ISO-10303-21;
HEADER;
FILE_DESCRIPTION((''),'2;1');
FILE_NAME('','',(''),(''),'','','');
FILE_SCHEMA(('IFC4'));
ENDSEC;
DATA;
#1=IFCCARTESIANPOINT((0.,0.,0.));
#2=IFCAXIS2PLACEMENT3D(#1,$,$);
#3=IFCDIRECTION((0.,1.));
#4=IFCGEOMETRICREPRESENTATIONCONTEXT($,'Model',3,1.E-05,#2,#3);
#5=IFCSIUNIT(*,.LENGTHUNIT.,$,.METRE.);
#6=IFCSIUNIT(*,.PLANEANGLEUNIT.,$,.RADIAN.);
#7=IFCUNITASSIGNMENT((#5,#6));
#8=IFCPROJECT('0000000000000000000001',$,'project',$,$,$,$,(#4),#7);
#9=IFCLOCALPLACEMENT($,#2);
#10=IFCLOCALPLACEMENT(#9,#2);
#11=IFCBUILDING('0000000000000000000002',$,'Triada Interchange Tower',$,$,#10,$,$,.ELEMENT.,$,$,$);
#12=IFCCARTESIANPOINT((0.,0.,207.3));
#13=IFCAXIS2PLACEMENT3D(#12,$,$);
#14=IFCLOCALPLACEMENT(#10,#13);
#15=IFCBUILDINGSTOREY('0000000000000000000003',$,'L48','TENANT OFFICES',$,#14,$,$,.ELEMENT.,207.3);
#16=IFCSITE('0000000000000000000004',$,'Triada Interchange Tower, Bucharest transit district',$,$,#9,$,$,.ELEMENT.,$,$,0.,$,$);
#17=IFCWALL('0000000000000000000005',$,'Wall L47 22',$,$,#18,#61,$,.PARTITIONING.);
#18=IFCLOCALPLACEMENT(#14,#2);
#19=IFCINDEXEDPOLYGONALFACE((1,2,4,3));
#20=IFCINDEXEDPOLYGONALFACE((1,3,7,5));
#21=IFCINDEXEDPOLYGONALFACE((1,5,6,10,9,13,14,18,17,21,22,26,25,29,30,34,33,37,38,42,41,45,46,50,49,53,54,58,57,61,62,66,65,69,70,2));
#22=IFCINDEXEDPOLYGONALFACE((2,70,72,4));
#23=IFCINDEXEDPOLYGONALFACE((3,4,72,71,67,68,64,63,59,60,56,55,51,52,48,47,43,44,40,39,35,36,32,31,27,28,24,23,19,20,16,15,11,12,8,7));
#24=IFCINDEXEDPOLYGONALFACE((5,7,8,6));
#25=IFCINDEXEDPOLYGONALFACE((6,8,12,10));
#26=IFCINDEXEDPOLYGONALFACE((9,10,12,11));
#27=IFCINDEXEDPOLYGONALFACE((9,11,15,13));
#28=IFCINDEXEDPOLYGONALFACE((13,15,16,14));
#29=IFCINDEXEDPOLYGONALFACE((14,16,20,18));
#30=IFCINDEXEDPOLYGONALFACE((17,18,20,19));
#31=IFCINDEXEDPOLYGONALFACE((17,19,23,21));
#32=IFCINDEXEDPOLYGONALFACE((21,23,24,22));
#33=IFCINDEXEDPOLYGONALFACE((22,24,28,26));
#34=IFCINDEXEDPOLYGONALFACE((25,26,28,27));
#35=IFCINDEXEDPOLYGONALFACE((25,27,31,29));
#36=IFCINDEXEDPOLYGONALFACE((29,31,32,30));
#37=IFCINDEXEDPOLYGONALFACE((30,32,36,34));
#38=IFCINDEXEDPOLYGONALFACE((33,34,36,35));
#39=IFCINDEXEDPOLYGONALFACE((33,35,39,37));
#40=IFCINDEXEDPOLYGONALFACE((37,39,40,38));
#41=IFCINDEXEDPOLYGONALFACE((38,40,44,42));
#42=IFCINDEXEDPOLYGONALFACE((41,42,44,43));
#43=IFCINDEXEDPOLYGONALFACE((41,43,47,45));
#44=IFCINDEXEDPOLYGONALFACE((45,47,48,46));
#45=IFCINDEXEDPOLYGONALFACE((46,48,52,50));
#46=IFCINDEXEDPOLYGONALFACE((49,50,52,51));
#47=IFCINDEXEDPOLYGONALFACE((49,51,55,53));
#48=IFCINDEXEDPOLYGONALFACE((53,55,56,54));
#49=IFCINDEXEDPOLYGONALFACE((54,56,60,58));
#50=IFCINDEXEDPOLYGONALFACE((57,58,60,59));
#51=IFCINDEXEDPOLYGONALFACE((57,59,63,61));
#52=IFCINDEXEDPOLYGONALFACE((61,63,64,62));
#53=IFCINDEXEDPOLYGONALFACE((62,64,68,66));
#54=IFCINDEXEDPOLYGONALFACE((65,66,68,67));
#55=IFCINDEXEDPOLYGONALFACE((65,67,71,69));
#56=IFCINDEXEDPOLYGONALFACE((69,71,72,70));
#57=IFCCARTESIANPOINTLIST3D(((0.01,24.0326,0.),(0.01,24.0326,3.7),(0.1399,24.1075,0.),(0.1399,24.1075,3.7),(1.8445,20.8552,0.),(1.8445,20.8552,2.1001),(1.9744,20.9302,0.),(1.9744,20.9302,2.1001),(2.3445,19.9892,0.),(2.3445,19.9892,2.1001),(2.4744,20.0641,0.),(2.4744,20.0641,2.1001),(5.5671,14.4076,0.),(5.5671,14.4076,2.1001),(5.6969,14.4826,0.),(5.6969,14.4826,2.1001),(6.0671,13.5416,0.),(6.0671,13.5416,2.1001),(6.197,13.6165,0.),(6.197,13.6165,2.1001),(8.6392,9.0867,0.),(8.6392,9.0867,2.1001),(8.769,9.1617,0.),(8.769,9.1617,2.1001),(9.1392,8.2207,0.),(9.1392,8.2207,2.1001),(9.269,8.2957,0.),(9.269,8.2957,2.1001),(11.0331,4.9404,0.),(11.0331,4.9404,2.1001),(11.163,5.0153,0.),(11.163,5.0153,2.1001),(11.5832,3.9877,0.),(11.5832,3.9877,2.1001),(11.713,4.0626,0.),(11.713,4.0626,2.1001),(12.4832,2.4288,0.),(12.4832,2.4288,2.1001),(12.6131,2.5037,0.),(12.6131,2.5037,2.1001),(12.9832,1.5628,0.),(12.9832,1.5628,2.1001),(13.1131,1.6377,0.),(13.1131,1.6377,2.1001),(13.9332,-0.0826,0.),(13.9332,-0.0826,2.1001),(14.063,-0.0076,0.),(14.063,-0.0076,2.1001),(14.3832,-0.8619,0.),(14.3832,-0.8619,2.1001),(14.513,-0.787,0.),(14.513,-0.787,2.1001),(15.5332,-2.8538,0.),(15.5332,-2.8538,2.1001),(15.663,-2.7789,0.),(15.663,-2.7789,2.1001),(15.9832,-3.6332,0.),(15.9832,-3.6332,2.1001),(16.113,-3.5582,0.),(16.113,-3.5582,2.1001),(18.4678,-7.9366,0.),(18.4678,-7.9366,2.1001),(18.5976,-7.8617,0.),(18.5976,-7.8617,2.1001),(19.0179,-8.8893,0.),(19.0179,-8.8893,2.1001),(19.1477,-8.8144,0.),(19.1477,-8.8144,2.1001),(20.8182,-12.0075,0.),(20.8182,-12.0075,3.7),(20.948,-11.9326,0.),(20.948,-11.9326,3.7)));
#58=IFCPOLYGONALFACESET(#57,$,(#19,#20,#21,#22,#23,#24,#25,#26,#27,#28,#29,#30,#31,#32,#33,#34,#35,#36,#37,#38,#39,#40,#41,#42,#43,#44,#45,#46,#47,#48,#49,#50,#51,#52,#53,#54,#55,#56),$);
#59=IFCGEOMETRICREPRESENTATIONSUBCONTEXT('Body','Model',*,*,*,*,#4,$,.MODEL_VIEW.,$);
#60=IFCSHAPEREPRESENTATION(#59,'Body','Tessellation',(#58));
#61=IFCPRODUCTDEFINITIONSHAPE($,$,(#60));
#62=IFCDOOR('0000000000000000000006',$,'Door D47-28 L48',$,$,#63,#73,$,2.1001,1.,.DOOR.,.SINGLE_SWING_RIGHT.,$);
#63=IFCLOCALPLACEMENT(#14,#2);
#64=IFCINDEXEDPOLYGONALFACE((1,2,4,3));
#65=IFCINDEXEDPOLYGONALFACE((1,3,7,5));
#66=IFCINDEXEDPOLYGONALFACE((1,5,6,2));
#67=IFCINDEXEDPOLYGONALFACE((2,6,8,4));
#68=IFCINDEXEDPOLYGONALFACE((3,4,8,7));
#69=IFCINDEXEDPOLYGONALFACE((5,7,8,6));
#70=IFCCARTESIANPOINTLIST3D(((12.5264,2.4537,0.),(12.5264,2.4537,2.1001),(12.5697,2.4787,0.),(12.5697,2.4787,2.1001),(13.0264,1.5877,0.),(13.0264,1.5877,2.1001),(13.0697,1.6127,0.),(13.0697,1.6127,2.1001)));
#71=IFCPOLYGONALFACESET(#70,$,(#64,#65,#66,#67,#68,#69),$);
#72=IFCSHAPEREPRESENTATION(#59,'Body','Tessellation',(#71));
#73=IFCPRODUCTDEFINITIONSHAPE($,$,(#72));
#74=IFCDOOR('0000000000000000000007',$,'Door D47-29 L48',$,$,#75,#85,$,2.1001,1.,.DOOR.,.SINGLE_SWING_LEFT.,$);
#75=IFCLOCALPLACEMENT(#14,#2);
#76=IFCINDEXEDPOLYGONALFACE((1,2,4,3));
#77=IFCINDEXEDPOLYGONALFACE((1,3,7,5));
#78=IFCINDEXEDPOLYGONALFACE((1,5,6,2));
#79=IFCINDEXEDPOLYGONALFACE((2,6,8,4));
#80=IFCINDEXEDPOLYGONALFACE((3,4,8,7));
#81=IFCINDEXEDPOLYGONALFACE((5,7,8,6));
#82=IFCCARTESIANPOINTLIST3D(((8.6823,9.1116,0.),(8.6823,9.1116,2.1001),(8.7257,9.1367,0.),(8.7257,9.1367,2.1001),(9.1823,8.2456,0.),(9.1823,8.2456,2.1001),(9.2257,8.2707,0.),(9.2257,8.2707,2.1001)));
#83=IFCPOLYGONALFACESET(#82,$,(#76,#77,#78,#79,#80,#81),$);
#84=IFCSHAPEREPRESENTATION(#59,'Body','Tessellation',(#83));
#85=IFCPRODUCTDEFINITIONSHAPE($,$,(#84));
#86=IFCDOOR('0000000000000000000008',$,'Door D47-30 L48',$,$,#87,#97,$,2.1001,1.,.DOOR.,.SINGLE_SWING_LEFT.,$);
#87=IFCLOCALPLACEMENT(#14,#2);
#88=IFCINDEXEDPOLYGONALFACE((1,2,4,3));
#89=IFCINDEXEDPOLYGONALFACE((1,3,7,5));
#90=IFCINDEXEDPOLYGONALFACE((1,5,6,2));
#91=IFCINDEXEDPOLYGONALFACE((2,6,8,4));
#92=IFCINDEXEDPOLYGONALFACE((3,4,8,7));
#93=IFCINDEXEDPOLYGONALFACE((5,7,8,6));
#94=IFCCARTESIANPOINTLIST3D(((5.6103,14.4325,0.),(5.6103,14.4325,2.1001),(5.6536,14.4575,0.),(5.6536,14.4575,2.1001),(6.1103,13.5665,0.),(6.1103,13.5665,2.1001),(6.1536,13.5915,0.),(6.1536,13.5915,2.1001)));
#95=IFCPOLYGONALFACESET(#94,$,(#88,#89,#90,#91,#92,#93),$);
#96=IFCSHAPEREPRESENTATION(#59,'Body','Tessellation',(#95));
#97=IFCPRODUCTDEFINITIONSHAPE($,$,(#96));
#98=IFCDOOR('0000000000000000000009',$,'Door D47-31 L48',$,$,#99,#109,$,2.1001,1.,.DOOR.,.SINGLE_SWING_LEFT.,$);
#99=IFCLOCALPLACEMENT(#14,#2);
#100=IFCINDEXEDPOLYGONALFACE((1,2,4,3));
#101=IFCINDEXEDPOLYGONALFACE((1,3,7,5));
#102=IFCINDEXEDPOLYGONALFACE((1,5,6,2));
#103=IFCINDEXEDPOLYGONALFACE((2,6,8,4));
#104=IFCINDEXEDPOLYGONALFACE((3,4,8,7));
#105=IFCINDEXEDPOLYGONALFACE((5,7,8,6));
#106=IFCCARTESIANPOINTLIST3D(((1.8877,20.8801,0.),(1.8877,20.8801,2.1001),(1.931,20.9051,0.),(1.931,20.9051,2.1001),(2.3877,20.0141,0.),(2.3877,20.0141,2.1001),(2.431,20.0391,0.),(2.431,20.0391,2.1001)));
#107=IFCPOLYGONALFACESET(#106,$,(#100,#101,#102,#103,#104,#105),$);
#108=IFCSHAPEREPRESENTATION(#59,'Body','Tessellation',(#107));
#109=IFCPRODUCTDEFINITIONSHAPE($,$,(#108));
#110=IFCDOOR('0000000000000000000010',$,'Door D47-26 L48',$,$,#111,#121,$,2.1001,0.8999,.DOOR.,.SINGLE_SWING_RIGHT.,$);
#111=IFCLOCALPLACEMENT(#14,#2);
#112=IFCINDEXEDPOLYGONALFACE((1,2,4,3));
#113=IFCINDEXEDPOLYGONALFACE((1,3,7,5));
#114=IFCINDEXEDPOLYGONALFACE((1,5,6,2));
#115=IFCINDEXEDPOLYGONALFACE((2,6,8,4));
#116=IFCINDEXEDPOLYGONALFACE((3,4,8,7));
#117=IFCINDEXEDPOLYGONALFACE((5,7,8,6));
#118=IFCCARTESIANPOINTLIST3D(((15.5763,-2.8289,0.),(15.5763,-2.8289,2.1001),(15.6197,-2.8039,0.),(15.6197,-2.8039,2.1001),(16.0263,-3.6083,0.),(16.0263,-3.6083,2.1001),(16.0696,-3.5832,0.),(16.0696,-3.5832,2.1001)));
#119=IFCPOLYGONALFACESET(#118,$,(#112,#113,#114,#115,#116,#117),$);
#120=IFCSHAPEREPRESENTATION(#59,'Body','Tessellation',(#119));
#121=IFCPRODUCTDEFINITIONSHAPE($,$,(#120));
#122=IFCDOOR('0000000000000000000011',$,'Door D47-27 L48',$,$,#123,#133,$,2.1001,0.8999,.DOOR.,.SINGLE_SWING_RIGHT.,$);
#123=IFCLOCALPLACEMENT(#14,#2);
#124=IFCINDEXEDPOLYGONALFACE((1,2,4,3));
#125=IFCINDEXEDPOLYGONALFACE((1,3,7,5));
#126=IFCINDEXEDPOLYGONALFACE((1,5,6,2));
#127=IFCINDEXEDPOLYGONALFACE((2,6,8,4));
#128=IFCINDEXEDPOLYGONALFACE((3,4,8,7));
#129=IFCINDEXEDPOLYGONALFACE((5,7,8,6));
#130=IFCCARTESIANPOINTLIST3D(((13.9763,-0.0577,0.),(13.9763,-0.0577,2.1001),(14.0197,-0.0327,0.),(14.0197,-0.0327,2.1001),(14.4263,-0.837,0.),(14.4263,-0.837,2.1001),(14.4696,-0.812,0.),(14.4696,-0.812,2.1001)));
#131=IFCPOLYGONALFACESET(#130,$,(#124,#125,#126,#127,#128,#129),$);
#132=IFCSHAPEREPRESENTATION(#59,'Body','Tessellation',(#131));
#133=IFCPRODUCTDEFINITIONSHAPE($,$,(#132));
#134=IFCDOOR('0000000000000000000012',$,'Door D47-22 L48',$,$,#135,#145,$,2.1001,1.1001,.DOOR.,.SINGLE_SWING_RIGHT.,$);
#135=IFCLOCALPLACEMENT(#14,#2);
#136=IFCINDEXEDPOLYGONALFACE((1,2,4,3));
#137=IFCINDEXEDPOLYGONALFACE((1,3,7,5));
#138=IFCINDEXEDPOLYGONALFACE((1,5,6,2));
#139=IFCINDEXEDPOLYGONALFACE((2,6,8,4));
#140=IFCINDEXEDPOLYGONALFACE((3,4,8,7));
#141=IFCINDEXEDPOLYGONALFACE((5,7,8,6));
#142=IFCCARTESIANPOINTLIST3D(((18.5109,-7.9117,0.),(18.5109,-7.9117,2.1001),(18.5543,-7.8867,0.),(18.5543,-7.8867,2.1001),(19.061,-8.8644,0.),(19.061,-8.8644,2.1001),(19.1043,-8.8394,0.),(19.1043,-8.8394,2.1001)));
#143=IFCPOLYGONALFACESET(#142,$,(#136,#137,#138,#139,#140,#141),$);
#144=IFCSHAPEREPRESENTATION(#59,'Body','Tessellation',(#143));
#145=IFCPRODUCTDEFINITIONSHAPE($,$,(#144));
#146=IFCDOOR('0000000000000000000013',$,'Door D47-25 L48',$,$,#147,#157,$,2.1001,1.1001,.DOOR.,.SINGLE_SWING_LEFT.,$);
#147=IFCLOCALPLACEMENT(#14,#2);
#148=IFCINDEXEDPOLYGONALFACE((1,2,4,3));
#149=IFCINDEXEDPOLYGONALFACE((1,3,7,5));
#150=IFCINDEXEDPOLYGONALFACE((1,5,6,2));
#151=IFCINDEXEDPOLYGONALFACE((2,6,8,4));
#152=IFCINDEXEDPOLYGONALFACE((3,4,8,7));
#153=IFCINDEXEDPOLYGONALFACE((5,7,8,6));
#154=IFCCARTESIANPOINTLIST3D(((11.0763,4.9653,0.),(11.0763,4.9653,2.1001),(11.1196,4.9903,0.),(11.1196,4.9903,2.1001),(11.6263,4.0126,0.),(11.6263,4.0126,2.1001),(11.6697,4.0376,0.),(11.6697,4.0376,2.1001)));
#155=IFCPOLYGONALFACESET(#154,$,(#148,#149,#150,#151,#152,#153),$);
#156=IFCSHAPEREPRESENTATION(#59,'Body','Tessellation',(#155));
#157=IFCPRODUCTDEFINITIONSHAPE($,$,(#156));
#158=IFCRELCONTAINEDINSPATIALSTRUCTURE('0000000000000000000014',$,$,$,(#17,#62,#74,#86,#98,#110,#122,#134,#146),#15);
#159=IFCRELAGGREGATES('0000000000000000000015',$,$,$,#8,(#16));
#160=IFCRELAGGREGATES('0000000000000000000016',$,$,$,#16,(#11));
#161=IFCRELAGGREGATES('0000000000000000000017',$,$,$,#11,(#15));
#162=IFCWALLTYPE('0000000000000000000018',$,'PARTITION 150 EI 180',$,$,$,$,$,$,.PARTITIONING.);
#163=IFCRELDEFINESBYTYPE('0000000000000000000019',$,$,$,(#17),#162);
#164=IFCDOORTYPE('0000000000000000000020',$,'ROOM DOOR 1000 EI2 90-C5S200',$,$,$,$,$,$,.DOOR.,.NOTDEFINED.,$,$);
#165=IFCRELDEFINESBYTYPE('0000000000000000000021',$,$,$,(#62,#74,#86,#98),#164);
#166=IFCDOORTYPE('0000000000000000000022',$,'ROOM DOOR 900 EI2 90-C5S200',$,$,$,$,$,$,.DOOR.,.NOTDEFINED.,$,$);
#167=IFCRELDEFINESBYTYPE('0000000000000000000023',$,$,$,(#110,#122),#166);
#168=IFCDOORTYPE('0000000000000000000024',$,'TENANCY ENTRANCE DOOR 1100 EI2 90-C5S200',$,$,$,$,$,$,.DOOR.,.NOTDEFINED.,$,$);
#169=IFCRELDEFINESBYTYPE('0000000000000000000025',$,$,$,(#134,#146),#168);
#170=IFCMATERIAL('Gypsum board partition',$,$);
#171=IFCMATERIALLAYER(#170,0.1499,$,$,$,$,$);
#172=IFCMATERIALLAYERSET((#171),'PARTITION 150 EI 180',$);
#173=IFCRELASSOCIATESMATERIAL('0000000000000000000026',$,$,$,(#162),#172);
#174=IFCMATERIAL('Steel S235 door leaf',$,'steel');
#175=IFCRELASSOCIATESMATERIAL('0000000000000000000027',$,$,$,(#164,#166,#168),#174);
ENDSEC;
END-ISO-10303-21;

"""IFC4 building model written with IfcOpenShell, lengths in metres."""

from ifc_helpers import new_model, si_unit, direction, frame, frame_2d, origin, place, context, subcontext, project, spatial, rectangle, extrude, material, layer, layer_set, type_object, element, fill, save


model = new_model("IFC4")

# Units and contexts
model_context = context("Model", 3, precision=1e-05, world=origin(), true_north=direction((0.0, 1.0)))
body_context = subcontext(model_context, "Body", "Model", "MODEL_VIEW")
ifc_project = project(units=[si_unit("LENGTHUNIT", "METRE"), si_unit("PLANEANGLEUNIT", "RADIAN")], contexts=[model_context])

# Site, building, storey
site_placement = place(None, origin())
site = spatial("IfcSite", under=ifc_project, at=site_placement, Name="Triada Interchange Tower, Bucharest transit district", CompositionType="ELEMENT", RefElevation=0.0)
building_placement = place(site_placement, origin())
building = spatial("IfcBuilding", under=site, at=building_placement, Name="Triada Interchange Tower", CompositionType="ELEMENT")
storey_placement = place(building_placement, frame((0.0, 0.0, 207.3)))
storey = spatial("IfcBuildingStorey", under=building, at=storey_placement, Name="L48", Description="TENANT OFFICES", CompositionType="ELEMENT", Elevation=207.3)

# Shared definitions
ifc_material_1 = material(Name="Gypsum board partition")
ifc_layer_1 = layer(ifc_material_1, 0.1499)
ifc_layer_set_1 = layer_set([ifc_layer_1], Name="PARTITION 150 EI 180")
wall_type_1 = type_object("IfcWallType", Name="PARTITION 150 EI 180", PredefinedType="PARTITIONING", material=ifc_layer_set_1)

# Wall, openings, doors
wall_1_placement = place(storey_placement, frame((0.075, 24.0701, 0.0), z_axis=(0.0, 0.0, 1.0), x_axis=(0.500007, -0.866021, 0.0)))
wall_1 = element("IfcWall", 1, at=wall_1_placement, inside=storey, type_object=wall_type_1, Name="Wall L47 22", PredefinedType="PARTITIONING", context=body_context, shape_type="SweptSolid", body=[
    extrude(rectangle(XDim=41.6157, YDim=0.1499, at=frame_2d((20.8079, 0.0))), origin(), (0.0, 0.0, 1.0), 3.7),
])
opening_1_placement = place(wall_1_placement, frame((36.915, 0.0, 0.0)))
opening_1 = element("IfcOpeningElement", 2, at=opening_1_placement, cuts=wall_1, PredefinedType="OPENING", context=body_context, shape_type="SweptSolid", body=[
    extrude(rectangle(XDim=1.1001, YDim=2.1001, at=frame_2d((0.55, 1.05))), frame((0.0, 0.085, 0.0), z_axis=(0.0, -1.0, 0.0), x_axis=(1.0, 0.0, 0.0)), (0.0, 0.0, 1.0), 0.1699),
])
opening_2_placement = place(wall_1_placement, frame((22.0459, 0.0, 0.0)))
opening_2 = element("IfcOpeningElement", 3, at=opening_2_placement, cuts=wall_1, PredefinedType="OPENING", context=body_context, shape_type="SweptSolid", body=[
    extrude(rectangle(XDim=1.1001, YDim=2.1001, at=frame_2d((0.55, 1.05))), frame((0.0, 0.085, 0.0), z_axis=(0.0, -1.0, 0.0), x_axis=(1.0, 0.0, 0.0)), (0.0, 0.0, 1.0), 0.1699),
])
opening_3_placement = place(wall_1_placement, frame((31.0459, 0.0, 0.0)))
opening_3 = element("IfcOpeningElement", 4, at=opening_3_placement, cuts=wall_1, PredefinedType="OPENING", context=body_context, shape_type="SweptSolid", body=[
    extrude(rectangle(XDim=0.8999, YDim=2.1001, at=frame_2d((0.45, 1.05))), frame((0.0, 0.085, 0.0), z_axis=(0.0, -1.0, 0.0), x_axis=(1.0, 0.0, 0.0)), (0.0, 0.0, 1.0), 0.1699),
])
opening_4_placement = place(wall_1_placement, frame((27.8459, 0.0, 0.0)))
opening_4 = element("IfcOpeningElement", 5, at=opening_4_placement, cuts=wall_1, PredefinedType="OPENING", context=body_context, shape_type="SweptSolid", body=[
    extrude(rectangle(XDim=0.8999, YDim=2.1001, at=frame_2d((0.45, 1.05))), frame((0.0, 0.085, 0.0), z_axis=(0.0, -1.0, 0.0), x_axis=(1.0, 0.0, 0.0)), (0.0, 0.0, 1.0), 0.1699),
])
opening_5_placement = place(wall_1_placement, frame((24.946, 0.0, 0.0)))
opening_5 = element("IfcOpeningElement", 6, at=opening_5_placement, cuts=wall_1, PredefinedType="OPENING", context=body_context, shape_type="SweptSolid", body=[
    extrude(rectangle(XDim=1.0, YDim=2.1001, at=frame_2d((0.5, 1.05))), frame((0.0, 0.085, 0.0), z_axis=(0.0, -1.0, 0.0), x_axis=(1.0, 0.0, 0.0)), (0.0, 0.0, 1.0), 0.1699),
])
opening_6_placement = place(wall_1_placement, frame((17.2581, 0.0, 0.0)))
opening_6 = element("IfcOpeningElement", 7, at=opening_6_placement, cuts=wall_1, PredefinedType="OPENING", context=body_context, shape_type="SweptSolid", body=[
    extrude(rectangle(XDim=1.0, YDim=2.1001, at=frame_2d((0.5, 1.05))), frame((0.0, 0.085, 0.0), z_axis=(0.0, -1.0, 0.0), x_axis=(1.0, 0.0, 0.0)), (0.0, 0.0, 1.0), 0.1699),
])
opening_7_placement = place(wall_1_placement, frame((11.114, 0.0, 0.0)))
opening_7 = element("IfcOpeningElement", 8, at=opening_7_placement, cuts=wall_1, PredefinedType="OPENING", context=body_context, shape_type="SweptSolid", body=[
    extrude(rectangle(XDim=1.0, YDim=2.1001, at=frame_2d((0.5, 1.05))), frame((0.0, 0.085, 0.0), z_axis=(0.0, -1.0, 0.0), x_axis=(1.0, 0.0, 0.0)), (0.0, 0.0, 1.0), 0.1699),
])
opening_8_placement = place(wall_1_placement, frame((3.6689, 0.0, 0.0)))
opening_8 = element("IfcOpeningElement", 9, at=opening_8_placement, cuts=wall_1, PredefinedType="OPENING", context=body_context, shape_type="SweptSolid", body=[
    extrude(rectangle(XDim=1.0, YDim=2.1001, at=frame_2d((0.5, 1.05))), frame((0.0, 0.085, 0.0), z_axis=(0.0, -1.0, 0.0), x_axis=(1.0, 0.0, 0.0)), (0.0, 0.0, 1.0), 0.1699),
])
ifc_material_2 = material(Name="Steel S235 door leaf", Category="steel")
door_type_1 = type_object("IfcDoorType", Name="ROOM DOOR 1000 EI2 90-C5S200", OperationType="NOTDEFINED", PredefinedType="DOOR", material=ifc_material_2)
door_1_placement = place(opening_5_placement, origin())
door_1 = element("IfcDoor", 10, at=door_1_placement, inside=storey, type_object=door_type_1, Name="Door D47-28 L48", OperationType="SINGLE_SWING_RIGHT", OverallHeight=2.1001, OverallWidth=1.0, PredefinedType="DOOR", context=body_context, shape_type="SweptSolid", body=[
    extrude(rectangle(XDim=1.0, YDim=2.1001, at=frame_2d((0.5, 1.05))), frame((0.0, 0.0249, 0.0), z_axis=(0.0, -1.0, 0.0), x_axis=(1.0, 0.0, 0.0)), (0.0, 0.0, 1.0), 0.05),
])
fill(opening_5, door_1)
door_2_placement = place(opening_6_placement, origin())
door_2 = element("IfcDoor", 11, at=door_2_placement, inside=storey, type_object=door_type_1, Name="Door D47-29 L48", OperationType="SINGLE_SWING_LEFT", OverallHeight=2.1001, OverallWidth=1.0, PredefinedType="DOOR", context=body_context, shape_type="SweptSolid", body=[
    extrude(rectangle(XDim=1.0, YDim=2.1001, at=frame_2d((0.5, 1.05))), frame((0.0, 0.0249, 0.0), z_axis=(0.0, -1.0, 0.0), x_axis=(1.0, 0.0, 0.0)), (0.0, 0.0, 1.0), 0.05),
])
fill(opening_6, door_2)
door_3_placement = place(opening_7_placement, origin())
door_3 = element("IfcDoor", 12, at=door_3_placement, inside=storey, type_object=door_type_1, Name="Door D47-30 L48", OperationType="SINGLE_SWING_LEFT", OverallHeight=2.1001, OverallWidth=1.0, PredefinedType="DOOR", context=body_context, shape_type="SweptSolid", body=[
    extrude(rectangle(XDim=1.0, YDim=2.1001, at=frame_2d((0.5, 1.05))), frame((0.0, 0.0249, 0.0), z_axis=(0.0, -1.0, 0.0), x_axis=(1.0, 0.0, 0.0)), (0.0, 0.0, 1.0), 0.05),
])
fill(opening_7, door_3)
door_4_placement = place(opening_8_placement, origin())
door_4 = element("IfcDoor", 13, at=door_4_placement, inside=storey, type_object=door_type_1, Name="Door D47-31 L48", OperationType="SINGLE_SWING_LEFT", OverallHeight=2.1001, OverallWidth=1.0, PredefinedType="DOOR", context=body_context, shape_type="SweptSolid", body=[
    extrude(rectangle(XDim=1.0, YDim=2.1001, at=frame_2d((0.5, 1.05))), frame((0.0, 0.0249, 0.0), z_axis=(0.0, -1.0, 0.0), x_axis=(1.0, 0.0, 0.0)), (0.0, 0.0, 1.0), 0.05),
])
fill(opening_8, door_4)
door_type_2 = type_object("IfcDoorType", Name="ROOM DOOR 900 EI2 90-C5S200", OperationType="NOTDEFINED", PredefinedType="DOOR", material=ifc_material_2)
door_5_placement = place(opening_3_placement, origin())
door_5 = element("IfcDoor", 14, at=door_5_placement, inside=storey, type_object=door_type_2, Name="Door D47-26 L48", OperationType="SINGLE_SWING_RIGHT", OverallHeight=2.1001, OverallWidth=0.8999, PredefinedType="DOOR", context=body_context, shape_type="SweptSolid", body=[
    extrude(rectangle(XDim=0.8999, YDim=2.1001, at=frame_2d((0.45, 1.05))), frame((0.0, 0.0249, 0.0), z_axis=(0.0, -1.0, 0.0), x_axis=(1.0, 0.0, 0.0)), (0.0, 0.0, 1.0), 0.05),
])
fill(opening_3, door_5)
door_6_placement = place(opening_4_placement, origin())
door_6 = element("IfcDoor", 15, at=door_6_placement, inside=storey, type_object=door_type_2, Name="Door D47-27 L48", OperationType="SINGLE_SWING_RIGHT", OverallHeight=2.1001, OverallWidth=0.8999, PredefinedType="DOOR", context=body_context, shape_type="SweptSolid", body=[
    extrude(rectangle(XDim=0.8999, YDim=2.1001, at=frame_2d((0.45, 1.05))), frame((0.0, 0.0249, 0.0), z_axis=(0.0, -1.0, 0.0), x_axis=(1.0, 0.0, 0.0)), (0.0, 0.0, 1.0), 0.05),
])
fill(opening_4, door_6)
door_type_3 = type_object("IfcDoorType", Name="TENANCY ENTRANCE DOOR 1100 EI2 90-C5S200", OperationType="NOTDEFINED", PredefinedType="DOOR", material=ifc_material_2)
door_7_placement = place(opening_1_placement, origin())
door_7 = element("IfcDoor", 16, at=door_7_placement, inside=storey, type_object=door_type_3, Name="Door D47-22 L48", OperationType="SINGLE_SWING_RIGHT", OverallHeight=2.1001, OverallWidth=1.1001, PredefinedType="DOOR", context=body_context, shape_type="SweptSolid", body=[
    extrude(rectangle(XDim=1.1001, YDim=2.1001, at=frame_2d((0.55, 1.05))), frame((0.0, 0.0249, 0.0), z_axis=(0.0, -1.0, 0.0), x_axis=(1.0, 0.0, 0.0)), (0.0, 0.0, 1.0), 0.05),
])
fill(opening_1, door_7)
door_8_placement = place(opening_2_placement, origin())
door_8 = element("IfcDoor", 17, at=door_8_placement, inside=storey, type_object=door_type_3, Name="Door D47-25 L48", OperationType="SINGLE_SWING_LEFT", OverallHeight=2.1001, OverallWidth=1.1001, PredefinedType="DOOR", context=body_context, shape_type="SweptSolid", body=[
    extrude(rectangle(XDim=1.1001, YDim=2.1001, at=frame_2d((0.55, 1.05))), frame((0.0, 0.0249, 0.0), z_axis=(0.0, -1.0, 0.0), x_axis=(1.0, 0.0, 0.0)), (0.0, 0.0, 1.0), 0.05),
])
fill(opening_2, door_8)

save(model, "model.ifc")
